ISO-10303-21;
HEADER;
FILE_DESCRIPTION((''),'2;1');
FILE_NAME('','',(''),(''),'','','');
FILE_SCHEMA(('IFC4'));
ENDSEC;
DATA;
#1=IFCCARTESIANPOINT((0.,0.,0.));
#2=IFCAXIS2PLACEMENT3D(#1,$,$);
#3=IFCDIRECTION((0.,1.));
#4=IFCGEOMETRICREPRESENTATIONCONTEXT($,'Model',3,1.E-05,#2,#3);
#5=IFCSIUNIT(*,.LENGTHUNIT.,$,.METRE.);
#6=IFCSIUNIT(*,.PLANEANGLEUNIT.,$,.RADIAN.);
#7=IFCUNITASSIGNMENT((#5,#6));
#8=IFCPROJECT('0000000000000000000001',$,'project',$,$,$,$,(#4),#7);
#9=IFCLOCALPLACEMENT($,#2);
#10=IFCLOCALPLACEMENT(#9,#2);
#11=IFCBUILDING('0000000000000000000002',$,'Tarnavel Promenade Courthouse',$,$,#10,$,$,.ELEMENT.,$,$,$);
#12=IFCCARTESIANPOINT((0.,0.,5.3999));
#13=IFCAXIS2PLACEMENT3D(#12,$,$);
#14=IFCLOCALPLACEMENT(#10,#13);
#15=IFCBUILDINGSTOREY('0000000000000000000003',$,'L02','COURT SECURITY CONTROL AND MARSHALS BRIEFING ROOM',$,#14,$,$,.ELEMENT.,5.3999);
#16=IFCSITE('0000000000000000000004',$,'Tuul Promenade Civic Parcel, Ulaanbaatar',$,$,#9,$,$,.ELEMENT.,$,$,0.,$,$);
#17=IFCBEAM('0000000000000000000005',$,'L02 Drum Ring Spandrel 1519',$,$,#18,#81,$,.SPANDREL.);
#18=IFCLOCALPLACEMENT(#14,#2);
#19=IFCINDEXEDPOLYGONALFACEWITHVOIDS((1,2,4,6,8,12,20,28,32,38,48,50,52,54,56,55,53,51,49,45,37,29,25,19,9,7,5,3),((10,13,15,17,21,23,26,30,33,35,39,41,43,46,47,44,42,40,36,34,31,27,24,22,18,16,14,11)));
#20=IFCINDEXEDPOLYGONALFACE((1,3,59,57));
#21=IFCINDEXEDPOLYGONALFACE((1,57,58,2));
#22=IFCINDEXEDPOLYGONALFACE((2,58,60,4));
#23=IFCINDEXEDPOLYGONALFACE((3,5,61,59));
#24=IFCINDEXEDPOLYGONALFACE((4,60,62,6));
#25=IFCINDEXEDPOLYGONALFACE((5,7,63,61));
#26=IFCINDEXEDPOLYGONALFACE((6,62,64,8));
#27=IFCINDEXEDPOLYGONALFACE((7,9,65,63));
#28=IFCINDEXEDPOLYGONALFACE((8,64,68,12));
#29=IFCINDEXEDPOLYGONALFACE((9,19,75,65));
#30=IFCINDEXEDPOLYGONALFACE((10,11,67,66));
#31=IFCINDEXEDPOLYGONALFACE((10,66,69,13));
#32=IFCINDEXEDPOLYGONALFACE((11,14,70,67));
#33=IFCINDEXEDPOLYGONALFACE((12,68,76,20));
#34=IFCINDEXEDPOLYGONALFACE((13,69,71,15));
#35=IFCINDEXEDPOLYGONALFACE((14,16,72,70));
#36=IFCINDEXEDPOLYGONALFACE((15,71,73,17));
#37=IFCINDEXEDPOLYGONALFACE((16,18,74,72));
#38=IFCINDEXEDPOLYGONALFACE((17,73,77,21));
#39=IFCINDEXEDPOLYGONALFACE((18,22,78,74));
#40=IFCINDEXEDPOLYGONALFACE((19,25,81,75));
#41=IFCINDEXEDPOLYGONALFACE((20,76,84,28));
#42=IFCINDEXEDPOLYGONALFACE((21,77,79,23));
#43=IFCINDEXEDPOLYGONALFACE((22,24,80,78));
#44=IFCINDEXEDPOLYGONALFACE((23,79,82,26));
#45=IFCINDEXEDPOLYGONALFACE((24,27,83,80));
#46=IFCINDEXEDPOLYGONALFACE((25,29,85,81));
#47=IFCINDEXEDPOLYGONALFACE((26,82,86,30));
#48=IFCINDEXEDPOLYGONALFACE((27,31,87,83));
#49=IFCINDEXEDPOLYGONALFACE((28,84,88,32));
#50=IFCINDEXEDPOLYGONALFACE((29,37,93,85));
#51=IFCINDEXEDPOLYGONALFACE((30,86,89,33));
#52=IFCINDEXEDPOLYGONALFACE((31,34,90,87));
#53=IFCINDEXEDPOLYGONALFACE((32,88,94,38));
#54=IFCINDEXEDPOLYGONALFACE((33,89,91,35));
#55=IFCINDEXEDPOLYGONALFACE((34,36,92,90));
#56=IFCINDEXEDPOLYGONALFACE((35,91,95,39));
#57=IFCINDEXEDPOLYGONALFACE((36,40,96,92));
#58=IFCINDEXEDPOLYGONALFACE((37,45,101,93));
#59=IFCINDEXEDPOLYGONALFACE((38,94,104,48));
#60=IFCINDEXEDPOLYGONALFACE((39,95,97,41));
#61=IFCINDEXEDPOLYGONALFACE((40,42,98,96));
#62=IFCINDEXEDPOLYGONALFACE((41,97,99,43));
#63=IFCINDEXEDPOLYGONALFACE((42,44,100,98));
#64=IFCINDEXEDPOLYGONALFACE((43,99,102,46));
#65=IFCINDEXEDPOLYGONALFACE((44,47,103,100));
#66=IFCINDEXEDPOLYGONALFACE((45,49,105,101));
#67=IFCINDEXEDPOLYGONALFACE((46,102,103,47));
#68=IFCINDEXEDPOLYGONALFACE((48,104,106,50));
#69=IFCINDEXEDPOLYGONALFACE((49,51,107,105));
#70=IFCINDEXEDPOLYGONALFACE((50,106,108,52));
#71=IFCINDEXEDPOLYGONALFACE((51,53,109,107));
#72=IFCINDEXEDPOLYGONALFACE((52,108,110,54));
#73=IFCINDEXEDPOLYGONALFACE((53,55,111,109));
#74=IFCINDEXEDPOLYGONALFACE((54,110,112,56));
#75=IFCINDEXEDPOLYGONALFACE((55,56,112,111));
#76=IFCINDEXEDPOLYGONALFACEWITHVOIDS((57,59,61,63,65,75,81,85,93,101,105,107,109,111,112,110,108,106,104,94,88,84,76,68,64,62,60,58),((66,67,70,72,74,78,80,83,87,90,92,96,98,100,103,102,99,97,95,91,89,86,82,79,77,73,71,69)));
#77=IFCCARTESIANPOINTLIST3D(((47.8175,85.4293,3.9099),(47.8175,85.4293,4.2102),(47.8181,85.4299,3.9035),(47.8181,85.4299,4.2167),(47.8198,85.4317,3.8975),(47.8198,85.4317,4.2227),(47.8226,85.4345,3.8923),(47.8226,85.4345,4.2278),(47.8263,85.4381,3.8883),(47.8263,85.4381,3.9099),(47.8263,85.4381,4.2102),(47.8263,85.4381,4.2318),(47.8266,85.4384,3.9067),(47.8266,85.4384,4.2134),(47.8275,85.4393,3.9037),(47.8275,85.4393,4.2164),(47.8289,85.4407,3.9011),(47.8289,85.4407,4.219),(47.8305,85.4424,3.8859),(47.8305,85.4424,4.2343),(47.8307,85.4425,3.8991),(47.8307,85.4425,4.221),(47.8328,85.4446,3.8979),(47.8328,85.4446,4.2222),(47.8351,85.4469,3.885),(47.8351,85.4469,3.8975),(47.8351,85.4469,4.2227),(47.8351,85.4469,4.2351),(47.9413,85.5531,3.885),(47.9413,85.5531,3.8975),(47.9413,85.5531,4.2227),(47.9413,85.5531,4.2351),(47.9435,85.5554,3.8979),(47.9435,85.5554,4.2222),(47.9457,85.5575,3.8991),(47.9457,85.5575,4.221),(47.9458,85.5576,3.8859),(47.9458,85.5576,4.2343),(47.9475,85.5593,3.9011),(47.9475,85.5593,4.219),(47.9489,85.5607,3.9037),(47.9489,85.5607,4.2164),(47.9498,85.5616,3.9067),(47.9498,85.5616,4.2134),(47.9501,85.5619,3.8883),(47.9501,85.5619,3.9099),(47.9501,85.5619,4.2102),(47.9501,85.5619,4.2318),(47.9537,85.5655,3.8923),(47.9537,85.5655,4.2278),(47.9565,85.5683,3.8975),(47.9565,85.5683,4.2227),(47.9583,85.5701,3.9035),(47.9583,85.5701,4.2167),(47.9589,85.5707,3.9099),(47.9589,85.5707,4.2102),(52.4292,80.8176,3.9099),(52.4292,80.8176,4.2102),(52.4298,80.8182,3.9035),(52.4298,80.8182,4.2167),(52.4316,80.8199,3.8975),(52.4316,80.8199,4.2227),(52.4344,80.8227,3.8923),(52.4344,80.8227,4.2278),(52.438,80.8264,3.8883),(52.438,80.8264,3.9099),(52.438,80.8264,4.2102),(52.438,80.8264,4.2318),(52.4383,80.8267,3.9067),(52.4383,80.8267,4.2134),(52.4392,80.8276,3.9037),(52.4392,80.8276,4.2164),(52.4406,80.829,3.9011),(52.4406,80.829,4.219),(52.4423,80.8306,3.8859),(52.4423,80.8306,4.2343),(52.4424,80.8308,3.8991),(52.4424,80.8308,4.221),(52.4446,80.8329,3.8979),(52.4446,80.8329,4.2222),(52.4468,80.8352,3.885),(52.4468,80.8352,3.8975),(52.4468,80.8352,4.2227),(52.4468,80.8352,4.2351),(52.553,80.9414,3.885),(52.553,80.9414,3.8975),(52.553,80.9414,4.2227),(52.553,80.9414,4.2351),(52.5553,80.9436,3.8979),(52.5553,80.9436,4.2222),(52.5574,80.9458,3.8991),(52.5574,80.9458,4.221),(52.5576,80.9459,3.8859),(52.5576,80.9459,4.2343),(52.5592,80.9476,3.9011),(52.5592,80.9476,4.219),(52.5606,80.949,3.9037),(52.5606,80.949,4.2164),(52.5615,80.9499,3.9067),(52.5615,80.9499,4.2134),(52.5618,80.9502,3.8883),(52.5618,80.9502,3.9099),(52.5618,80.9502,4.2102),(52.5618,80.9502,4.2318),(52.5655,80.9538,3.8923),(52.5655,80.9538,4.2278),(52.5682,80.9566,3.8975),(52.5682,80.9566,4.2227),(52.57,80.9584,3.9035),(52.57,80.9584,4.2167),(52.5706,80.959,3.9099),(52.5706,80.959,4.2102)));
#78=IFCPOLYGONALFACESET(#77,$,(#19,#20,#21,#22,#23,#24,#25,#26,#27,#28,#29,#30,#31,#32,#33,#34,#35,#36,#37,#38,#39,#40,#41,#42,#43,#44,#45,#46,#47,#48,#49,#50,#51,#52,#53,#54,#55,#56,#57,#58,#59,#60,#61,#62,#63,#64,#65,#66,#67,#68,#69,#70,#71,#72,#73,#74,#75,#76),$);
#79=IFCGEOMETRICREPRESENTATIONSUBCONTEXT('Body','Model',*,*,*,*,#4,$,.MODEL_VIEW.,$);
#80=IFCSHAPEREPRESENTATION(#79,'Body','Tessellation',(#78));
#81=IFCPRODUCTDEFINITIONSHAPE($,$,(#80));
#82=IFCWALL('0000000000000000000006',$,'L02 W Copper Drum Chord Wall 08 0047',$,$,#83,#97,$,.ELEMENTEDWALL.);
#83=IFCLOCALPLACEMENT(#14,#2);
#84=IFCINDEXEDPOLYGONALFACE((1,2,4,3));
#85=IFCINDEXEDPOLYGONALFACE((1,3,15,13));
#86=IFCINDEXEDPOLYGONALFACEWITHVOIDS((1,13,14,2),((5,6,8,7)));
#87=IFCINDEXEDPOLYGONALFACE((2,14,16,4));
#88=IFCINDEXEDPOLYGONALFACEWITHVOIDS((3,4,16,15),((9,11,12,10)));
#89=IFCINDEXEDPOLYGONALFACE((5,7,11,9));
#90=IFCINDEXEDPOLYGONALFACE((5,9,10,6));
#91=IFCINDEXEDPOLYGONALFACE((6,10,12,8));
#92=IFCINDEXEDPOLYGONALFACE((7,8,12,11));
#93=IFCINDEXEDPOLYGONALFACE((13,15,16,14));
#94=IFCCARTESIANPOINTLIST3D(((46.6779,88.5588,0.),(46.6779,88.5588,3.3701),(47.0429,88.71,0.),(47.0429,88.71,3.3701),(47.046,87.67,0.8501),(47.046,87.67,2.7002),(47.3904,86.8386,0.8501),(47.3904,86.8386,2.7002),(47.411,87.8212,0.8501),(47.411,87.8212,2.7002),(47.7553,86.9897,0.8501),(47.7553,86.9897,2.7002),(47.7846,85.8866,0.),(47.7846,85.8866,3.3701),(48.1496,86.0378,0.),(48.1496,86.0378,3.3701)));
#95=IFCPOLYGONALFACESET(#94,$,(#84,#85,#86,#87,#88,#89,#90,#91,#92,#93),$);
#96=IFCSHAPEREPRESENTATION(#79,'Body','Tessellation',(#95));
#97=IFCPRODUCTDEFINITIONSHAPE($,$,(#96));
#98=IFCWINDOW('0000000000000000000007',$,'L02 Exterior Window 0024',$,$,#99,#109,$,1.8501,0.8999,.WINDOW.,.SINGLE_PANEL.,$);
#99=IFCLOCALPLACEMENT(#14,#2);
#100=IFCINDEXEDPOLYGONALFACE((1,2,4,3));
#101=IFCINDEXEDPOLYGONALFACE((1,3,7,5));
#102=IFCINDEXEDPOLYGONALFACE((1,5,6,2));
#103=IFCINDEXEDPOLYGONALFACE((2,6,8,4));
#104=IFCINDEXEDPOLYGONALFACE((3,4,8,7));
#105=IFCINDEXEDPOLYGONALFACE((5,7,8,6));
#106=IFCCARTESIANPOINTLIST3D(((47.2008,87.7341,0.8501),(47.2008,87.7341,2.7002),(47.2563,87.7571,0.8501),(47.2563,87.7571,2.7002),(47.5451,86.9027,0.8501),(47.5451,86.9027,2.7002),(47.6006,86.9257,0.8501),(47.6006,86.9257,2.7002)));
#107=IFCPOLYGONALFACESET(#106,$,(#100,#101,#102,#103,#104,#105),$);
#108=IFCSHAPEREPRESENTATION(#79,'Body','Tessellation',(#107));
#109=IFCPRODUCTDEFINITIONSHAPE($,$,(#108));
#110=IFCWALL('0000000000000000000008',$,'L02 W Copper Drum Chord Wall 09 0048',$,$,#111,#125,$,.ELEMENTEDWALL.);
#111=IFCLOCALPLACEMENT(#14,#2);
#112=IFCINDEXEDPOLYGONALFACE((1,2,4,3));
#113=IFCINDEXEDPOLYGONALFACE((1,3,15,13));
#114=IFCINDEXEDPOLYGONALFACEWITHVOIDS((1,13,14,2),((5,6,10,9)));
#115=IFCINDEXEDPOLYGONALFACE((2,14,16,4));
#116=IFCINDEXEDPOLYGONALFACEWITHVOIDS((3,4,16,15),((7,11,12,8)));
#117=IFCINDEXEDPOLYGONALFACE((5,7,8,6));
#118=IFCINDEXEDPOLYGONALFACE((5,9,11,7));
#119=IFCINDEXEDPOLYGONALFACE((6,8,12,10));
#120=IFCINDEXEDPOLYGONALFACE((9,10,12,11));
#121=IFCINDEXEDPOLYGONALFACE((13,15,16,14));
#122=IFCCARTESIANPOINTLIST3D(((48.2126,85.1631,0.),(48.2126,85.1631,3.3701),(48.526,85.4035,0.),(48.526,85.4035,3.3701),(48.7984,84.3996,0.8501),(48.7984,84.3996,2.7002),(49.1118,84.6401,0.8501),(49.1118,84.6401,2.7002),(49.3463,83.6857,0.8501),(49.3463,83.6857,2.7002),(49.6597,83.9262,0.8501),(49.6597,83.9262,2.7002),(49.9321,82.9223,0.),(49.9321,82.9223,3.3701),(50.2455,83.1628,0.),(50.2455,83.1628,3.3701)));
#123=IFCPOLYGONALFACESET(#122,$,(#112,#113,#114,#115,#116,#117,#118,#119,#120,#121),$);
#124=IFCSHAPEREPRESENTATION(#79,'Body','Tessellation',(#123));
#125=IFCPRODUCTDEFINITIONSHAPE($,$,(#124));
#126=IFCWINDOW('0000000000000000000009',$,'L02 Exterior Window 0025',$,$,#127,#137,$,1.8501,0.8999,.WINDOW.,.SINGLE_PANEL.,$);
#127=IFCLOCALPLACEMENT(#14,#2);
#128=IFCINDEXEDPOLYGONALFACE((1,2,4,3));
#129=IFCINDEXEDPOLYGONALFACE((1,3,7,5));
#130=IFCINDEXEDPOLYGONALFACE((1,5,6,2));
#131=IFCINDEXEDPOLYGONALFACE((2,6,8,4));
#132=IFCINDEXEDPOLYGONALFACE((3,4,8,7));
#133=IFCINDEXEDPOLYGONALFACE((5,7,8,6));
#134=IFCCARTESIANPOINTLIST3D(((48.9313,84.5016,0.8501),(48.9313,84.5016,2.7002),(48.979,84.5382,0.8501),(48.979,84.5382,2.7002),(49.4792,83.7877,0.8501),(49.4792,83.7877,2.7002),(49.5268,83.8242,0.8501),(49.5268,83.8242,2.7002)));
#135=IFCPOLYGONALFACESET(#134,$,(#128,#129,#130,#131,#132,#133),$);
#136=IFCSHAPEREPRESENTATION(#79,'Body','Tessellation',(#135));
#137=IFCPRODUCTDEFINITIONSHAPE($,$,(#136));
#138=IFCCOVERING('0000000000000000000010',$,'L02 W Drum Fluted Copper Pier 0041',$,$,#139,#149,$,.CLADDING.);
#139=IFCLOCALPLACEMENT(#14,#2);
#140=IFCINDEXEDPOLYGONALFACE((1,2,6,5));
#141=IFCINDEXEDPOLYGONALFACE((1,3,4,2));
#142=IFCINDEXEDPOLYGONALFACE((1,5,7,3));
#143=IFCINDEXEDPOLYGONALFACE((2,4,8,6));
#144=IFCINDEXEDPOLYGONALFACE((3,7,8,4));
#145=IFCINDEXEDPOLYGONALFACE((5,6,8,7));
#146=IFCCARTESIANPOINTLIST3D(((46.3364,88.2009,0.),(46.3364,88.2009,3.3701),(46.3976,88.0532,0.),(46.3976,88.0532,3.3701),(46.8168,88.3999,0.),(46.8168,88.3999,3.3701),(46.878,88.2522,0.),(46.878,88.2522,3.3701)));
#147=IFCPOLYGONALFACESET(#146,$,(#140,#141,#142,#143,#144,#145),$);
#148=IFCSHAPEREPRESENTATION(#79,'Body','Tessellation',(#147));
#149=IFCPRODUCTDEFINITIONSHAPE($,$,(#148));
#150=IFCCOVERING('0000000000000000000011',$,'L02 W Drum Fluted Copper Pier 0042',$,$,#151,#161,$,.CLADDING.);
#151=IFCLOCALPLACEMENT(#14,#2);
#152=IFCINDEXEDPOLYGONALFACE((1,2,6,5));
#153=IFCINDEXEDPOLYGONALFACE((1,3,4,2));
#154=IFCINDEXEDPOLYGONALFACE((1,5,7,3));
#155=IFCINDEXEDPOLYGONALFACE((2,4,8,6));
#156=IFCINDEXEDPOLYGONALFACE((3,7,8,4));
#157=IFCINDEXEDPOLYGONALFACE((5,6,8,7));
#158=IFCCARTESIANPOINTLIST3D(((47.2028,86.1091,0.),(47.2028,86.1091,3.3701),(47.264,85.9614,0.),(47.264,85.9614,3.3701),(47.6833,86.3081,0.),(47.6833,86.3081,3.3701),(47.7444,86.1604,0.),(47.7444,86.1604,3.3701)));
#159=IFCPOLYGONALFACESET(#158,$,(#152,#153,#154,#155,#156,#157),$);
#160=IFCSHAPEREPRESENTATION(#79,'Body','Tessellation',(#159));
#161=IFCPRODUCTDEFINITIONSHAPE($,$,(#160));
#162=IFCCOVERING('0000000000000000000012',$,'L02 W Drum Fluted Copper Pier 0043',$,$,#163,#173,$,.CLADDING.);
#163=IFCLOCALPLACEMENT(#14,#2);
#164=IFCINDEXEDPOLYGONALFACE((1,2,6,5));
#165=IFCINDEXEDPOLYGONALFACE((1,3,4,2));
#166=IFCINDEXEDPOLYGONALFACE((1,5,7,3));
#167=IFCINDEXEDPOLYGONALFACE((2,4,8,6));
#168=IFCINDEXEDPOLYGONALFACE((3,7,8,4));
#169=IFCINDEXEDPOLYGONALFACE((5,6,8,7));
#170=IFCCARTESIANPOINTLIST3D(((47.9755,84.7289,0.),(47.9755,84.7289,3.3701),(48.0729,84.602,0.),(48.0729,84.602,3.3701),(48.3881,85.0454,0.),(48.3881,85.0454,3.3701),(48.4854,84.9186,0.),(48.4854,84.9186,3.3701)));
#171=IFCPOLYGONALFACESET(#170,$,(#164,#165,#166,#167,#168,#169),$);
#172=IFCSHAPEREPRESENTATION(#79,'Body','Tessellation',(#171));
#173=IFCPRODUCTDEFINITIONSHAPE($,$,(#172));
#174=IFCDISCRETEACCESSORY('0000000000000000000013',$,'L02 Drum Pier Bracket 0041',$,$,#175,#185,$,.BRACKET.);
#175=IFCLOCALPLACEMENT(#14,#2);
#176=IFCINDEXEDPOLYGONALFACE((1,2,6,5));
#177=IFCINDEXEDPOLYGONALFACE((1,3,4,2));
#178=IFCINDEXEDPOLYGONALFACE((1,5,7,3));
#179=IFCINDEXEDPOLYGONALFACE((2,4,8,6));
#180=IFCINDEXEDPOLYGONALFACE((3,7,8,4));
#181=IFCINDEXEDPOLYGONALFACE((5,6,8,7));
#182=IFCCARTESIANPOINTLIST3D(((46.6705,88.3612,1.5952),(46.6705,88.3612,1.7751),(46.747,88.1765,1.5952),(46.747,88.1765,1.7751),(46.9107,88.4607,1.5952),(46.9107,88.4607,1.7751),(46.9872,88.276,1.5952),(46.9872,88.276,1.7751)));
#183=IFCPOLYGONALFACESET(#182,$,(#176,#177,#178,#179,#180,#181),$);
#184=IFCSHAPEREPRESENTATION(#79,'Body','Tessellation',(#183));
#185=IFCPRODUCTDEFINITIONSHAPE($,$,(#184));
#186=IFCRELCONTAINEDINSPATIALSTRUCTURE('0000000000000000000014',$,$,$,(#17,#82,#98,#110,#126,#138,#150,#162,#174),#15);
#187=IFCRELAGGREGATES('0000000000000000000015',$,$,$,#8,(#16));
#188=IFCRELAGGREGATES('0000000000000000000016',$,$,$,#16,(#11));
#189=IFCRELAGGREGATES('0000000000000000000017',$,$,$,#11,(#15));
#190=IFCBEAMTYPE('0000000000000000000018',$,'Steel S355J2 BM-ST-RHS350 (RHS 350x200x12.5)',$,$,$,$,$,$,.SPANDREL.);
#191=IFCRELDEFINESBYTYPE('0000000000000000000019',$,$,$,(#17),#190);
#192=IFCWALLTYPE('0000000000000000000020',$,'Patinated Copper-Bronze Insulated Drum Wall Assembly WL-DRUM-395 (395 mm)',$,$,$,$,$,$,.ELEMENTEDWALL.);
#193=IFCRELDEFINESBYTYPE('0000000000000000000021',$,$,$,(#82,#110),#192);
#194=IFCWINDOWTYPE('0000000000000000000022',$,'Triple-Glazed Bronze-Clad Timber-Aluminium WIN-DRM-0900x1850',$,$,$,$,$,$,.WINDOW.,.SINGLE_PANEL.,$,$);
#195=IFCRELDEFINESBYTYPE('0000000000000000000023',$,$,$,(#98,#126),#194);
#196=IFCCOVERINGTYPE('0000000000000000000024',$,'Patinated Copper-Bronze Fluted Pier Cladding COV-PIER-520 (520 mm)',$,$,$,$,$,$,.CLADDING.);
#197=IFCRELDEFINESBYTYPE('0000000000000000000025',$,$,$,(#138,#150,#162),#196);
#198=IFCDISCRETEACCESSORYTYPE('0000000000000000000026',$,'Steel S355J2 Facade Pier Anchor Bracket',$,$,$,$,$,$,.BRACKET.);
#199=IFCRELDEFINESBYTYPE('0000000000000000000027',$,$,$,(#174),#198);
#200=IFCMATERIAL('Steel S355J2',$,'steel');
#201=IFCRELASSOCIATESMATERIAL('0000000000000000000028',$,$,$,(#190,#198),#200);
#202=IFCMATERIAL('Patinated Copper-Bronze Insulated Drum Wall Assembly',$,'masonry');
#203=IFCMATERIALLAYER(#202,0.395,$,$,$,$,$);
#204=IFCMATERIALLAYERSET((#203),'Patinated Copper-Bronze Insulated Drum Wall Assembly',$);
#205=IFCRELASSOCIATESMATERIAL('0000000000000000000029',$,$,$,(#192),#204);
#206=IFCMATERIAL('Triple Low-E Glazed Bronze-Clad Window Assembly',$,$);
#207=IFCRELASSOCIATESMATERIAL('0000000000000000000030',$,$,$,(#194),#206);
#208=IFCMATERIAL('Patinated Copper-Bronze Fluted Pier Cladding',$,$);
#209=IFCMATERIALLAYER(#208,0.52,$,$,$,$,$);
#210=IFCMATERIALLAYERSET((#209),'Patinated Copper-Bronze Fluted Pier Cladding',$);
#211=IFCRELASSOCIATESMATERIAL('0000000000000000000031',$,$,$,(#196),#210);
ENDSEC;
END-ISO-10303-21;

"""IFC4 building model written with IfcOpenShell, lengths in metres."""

from ifc_helpers import new_model, si_unit, direction, frame, frame_2d, origin, origin_2d, place, context, subcontext, project, spatial, rectangle, hollow_rectangle, extrude, material, layer, layer_set, material_profile, profile_set, type_object, element, fill, save


model = new_model("IFC4")

# Units and contexts
model_context = context("Model", 3, precision=1e-05, world=origin(), true_north=direction((0.0, 1.0)))
body_context = subcontext(model_context, "Body", "Model", "MODEL_VIEW")
ifc_project = project(units=[si_unit("LENGTHUNIT", "METRE"), si_unit("PLANEANGLEUNIT", "RADIAN")], contexts=[model_context])

# Site, building, storey
site_placement = place(None, origin())
site = spatial("IfcSite", under=ifc_project, at=site_placement, Name="Tuul Promenade Civic Parcel, Ulaanbaatar", CompositionType="ELEMENT", RefElevation=0.0)
building_placement = place(site_placement, origin())
building = spatial("IfcBuilding", under=site, at=building_placement, Name="Tarnavel Promenade Courthouse", CompositionType="ELEMENT")
storey_placement = place(building_placement, frame((0.0, 0.0, 5.3999)))
storey = spatial("IfcBuildingStorey", under=building, at=storey_placement, Name="L02", Description="COURT SECURITY CONTROL AND MARSHALS BRIEFING ROOM", CompositionType="ELEMENT", Elevation=5.3999)

# Beam
ifc_material_1 = material(Name="Steel S355J2", Category="steel")
ifc_material_profile_1 = material_profile(ifc_material_1, hollow_rectangle(XDim=0.2, YDim=0.3501, WallThickness=0.0125, InnerFilletRadius=0.0125, OuterFilletRadius=0.0249, at=origin_2d()), Name="RHS 350x200x12.5")
ifc_profile_set_1 = profile_set([ifc_material_profile_1], Name="Steel S355J2")
beam_type_1 = type_object("IfcBeamType", Name="Steel S355J2 BM-ST-RHS350 (RHS 350x200x12.5)", PredefinedType="SPANDREL", material=ifc_profile_set_1)
beam_1_placement = place(storey_placement, frame((47.8882, 85.5, 4.0601), z_axis=(0.707107, -0.707107, 0.0), x_axis=(0.707107, 0.707107, 0.0)))
element("IfcBeam", 1, at=beam_1_placement, inside=storey, type_object=beam_type_1, Name="L02 Drum Ring Spandrel 1519", PredefinedType="SPANDREL", context=body_context, shape_type="SweptSolid", body=[
    extrude(hollow_rectangle(XDim=0.2, YDim=0.3501, WallThickness=0.0125, InnerFilletRadius=0.0125, OuterFilletRadius=0.0249, at=origin_2d()), origin(), (0.0, 0.0, 1.0), 6.522),
])

# Walls, openings, windows
ifc_material_2 = material(Name="Patinated Copper-Bronze Insulated Drum Wall Assembly", Category="masonry")
ifc_layer_1 = layer(ifc_material_2, 0.395)
ifc_layer_set_1 = layer_set([ifc_layer_1], Name="Patinated Copper-Bronze Insulated Drum Wall Assembly")
wall_type = type_object("IfcWallType", Name="Patinated Copper-Bronze Insulated Drum Wall Assembly WL-DRUM-395 (395 mm)", PredefinedType="ELEMENTEDWALL", material=ifc_layer_set_1)
wall_1_placement = place(storey_placement, frame((46.8604, 88.6345, 0.0), z_axis=(0.0, 0.0, 1.0), x_axis=(0.382643, -0.923896, 0.0)))
wall_1 = element("IfcWall", 2, at=wall_1_placement, inside=storey, type_object=wall_type, Name="L02 W Copper Drum Chord Wall 08 0047", PredefinedType="ELEMENTEDWALL", context=body_context, shape_type="SweptSolid", body=[
    extrude(rectangle(XDim=2.8923, YDim=0.395, at=frame_2d((1.4463, 0.0))), origin(), (0.0, 0.0, 1.0), 3.3701),
])
opening_1_placement = place(wall_1_placement, frame((0.9622, 0.0, 0.8501)))
opening_1 = element("IfcOpeningElement", 3, at=opening_1_placement, cuts=wall_1, PredefinedType="OPENING", context=body_context, shape_type="SweptSolid", body=[
    extrude(rectangle(XDim=0.8999, YDim=1.8501, at=frame_2d((0.45, 0.925))), frame((0.0, 0.2075, 0.0), z_axis=(0.0, -1.0, 0.0), x_axis=(1.0, 0.0, 0.0)), (0.0, 0.0, 1.0), 0.415),
])
ifc_material_3 = material(Name="Triple Low-E Glazed Bronze-Clad Window Assembly")
window_type = type_object("IfcWindowType", Name="Triple-Glazed Bronze-Clad Timber-Aluminium WIN-DRM-0900x1850", PartitioningType="SINGLE_PANEL", PredefinedType="WINDOW", material=ifc_material_3)
window_1_placement = place(opening_1_placement, origin())
window_1 = element("IfcWindow", 4, at=window_1_placement, inside=storey, type_object=window_type, Name="L02 Exterior Window 0024", OverallHeight=1.8501, OverallWidth=0.8999, PartitioningType="SINGLE_PANEL", PredefinedType="WINDOW", context=body_context, shape_type="SweptSolid", body=[
    extrude(rectangle(XDim=0.8999, YDim=1.8501, at=frame_2d((0.45, 0.925))), frame((0.0, 0.03, 0.0), z_axis=(0.0, -1.0, 0.0), x_axis=(1.0, 0.0, 0.0)), (0.0, 0.0, 1.0), 0.0601),
])
fill(opening_1, window_1)
wall_2_placement = place(storey_placement, frame((48.3694, 85.2832, 0.0), z_axis=(0.0, 0.0, 1.0), x_axis=(0.608787, -0.793334, 0.0)))
wall_2 = element("IfcWall", 5, at=wall_2_placement, inside=storey, type_object=wall_type, Name="L02 W Copper Drum Chord Wall 09 0048", PredefinedType="ELEMENTEDWALL", context=body_context, shape_type="SweptSolid", body=[
    extrude(rectangle(XDim=2.8245, YDim=0.395, at=frame_2d((1.4121, 0.0))), origin(), (0.0, 0.0, 1.0), 3.3701),
])
opening_2_placement = place(wall_2_placement, frame((0.9622, 0.0, 0.8501)))
opening_2 = element("IfcOpeningElement", 6, at=opening_2_placement, cuts=wall_2, PredefinedType="OPENING", context=body_context, shape_type="SweptSolid", body=[
    extrude(rectangle(XDim=0.8999, YDim=1.8501, at=frame_2d((0.45, 0.925))), frame((0.0, 0.2075, 0.0), z_axis=(0.0, -1.0, 0.0), x_axis=(1.0, 0.0, 0.0)), (0.0, 0.0, 1.0), 0.415),
])
window_2_placement = place(opening_2_placement, origin())
window_2 = element("IfcWindow", 7, at=window_2_placement, inside=storey, type_object=window_type, Name="L02 Exterior Window 0025", OverallHeight=1.8501, OverallWidth=0.8999, PartitioningType="SINGLE_PANEL", PredefinedType="WINDOW", context=body_context, shape_type="SweptSolid", body=[
    extrude(rectangle(XDim=0.8999, YDim=1.8501, at=frame_2d((0.45, 0.925))), frame((0.0, 0.03, 0.0), z_axis=(0.0, -1.0, 0.0), x_axis=(1.0, 0.0, 0.0)), (0.0, 0.0, 1.0), 0.0601),
])
fill(opening_2, window_2)

# Coverings
ifc_material_4 = material(Name="Patinated Copper-Bronze Fluted Pier Cladding")
ifc_layer_2 = layer(ifc_material_4, 0.52)
ifc_layer_set_2 = layer_set([ifc_layer_2], Name="Patinated Copper-Bronze Fluted Pier Cladding")
covering_type = type_object("IfcCoveringType", Name="Patinated Copper-Bronze Fluted Pier Cladding COV-PIER-520 (520 mm)", PredefinedType="CLADDING", material=ifc_layer_set_2)
for number, where, z_axis, x_axis, name in (
    (8, (46.6072, 88.2266, 0.0), (0.0, 0.0, 1.0), (0.382683, -0.92388, 0.0), "L02 W Drum Fluted Copper Pier 0041"),
    (9, (47.4736, 86.1348, 0.0), (0.0, 0.0, 1.0), (0.382683, -0.92388, 0.0), "L02 W Drum Fluted Copper Pier 0042"),
    (10, (48.2305, 84.8237, 0.0), (0.0, 0.0, 1.0), (0.608761, -0.793353, 0.0), "L02 W Drum Fluted Copper Pier 0043"),
):
    element("IfcCovering", number, at=place(storey_placement, frame(where, z_axis=z_axis, x_axis=x_axis)), inside=storey, type_object=covering_type, Name=name, PredefinedType="CLADDING", context=body_context, shape_type="SweptSolid", body=[
        extrude(rectangle(XDim=0.1599, YDim=0.52, at=origin_2d()), origin(), (0.0, 0.0, 1.0), 3.3701),
    ])

# Discrete accessory
discrete_accessory_type = type_object("IfcDiscreteAccessoryType", Name="Steel S355J2 Facade Pier Anchor Bracket", PredefinedType="BRACKET", material=ifc_material_1)
for number, where, z_axis, x_axis, name in (
    (11, (46.8289, 88.3186, 1.5952), (0.0, 0.0, 1.0), (0.382683, -0.92388, 0.0), "L02 Drum Pier Bracket 0041"),
):
    element("IfcDiscreteAccessory", number, at=place(storey_placement, frame(where, z_axis=z_axis, x_axis=x_axis)), inside=storey, type_object=discrete_accessory_type, Name=name, PredefinedType="BRACKET", context=body_context, shape_type="SweptSolid", body=[
        extrude(rectangle(XDim=0.2, YDim=0.26, at=origin_2d()), origin(), (0.0, 0.0, 1.0), 0.1799),
    ])

save(model, "model.ifc")
